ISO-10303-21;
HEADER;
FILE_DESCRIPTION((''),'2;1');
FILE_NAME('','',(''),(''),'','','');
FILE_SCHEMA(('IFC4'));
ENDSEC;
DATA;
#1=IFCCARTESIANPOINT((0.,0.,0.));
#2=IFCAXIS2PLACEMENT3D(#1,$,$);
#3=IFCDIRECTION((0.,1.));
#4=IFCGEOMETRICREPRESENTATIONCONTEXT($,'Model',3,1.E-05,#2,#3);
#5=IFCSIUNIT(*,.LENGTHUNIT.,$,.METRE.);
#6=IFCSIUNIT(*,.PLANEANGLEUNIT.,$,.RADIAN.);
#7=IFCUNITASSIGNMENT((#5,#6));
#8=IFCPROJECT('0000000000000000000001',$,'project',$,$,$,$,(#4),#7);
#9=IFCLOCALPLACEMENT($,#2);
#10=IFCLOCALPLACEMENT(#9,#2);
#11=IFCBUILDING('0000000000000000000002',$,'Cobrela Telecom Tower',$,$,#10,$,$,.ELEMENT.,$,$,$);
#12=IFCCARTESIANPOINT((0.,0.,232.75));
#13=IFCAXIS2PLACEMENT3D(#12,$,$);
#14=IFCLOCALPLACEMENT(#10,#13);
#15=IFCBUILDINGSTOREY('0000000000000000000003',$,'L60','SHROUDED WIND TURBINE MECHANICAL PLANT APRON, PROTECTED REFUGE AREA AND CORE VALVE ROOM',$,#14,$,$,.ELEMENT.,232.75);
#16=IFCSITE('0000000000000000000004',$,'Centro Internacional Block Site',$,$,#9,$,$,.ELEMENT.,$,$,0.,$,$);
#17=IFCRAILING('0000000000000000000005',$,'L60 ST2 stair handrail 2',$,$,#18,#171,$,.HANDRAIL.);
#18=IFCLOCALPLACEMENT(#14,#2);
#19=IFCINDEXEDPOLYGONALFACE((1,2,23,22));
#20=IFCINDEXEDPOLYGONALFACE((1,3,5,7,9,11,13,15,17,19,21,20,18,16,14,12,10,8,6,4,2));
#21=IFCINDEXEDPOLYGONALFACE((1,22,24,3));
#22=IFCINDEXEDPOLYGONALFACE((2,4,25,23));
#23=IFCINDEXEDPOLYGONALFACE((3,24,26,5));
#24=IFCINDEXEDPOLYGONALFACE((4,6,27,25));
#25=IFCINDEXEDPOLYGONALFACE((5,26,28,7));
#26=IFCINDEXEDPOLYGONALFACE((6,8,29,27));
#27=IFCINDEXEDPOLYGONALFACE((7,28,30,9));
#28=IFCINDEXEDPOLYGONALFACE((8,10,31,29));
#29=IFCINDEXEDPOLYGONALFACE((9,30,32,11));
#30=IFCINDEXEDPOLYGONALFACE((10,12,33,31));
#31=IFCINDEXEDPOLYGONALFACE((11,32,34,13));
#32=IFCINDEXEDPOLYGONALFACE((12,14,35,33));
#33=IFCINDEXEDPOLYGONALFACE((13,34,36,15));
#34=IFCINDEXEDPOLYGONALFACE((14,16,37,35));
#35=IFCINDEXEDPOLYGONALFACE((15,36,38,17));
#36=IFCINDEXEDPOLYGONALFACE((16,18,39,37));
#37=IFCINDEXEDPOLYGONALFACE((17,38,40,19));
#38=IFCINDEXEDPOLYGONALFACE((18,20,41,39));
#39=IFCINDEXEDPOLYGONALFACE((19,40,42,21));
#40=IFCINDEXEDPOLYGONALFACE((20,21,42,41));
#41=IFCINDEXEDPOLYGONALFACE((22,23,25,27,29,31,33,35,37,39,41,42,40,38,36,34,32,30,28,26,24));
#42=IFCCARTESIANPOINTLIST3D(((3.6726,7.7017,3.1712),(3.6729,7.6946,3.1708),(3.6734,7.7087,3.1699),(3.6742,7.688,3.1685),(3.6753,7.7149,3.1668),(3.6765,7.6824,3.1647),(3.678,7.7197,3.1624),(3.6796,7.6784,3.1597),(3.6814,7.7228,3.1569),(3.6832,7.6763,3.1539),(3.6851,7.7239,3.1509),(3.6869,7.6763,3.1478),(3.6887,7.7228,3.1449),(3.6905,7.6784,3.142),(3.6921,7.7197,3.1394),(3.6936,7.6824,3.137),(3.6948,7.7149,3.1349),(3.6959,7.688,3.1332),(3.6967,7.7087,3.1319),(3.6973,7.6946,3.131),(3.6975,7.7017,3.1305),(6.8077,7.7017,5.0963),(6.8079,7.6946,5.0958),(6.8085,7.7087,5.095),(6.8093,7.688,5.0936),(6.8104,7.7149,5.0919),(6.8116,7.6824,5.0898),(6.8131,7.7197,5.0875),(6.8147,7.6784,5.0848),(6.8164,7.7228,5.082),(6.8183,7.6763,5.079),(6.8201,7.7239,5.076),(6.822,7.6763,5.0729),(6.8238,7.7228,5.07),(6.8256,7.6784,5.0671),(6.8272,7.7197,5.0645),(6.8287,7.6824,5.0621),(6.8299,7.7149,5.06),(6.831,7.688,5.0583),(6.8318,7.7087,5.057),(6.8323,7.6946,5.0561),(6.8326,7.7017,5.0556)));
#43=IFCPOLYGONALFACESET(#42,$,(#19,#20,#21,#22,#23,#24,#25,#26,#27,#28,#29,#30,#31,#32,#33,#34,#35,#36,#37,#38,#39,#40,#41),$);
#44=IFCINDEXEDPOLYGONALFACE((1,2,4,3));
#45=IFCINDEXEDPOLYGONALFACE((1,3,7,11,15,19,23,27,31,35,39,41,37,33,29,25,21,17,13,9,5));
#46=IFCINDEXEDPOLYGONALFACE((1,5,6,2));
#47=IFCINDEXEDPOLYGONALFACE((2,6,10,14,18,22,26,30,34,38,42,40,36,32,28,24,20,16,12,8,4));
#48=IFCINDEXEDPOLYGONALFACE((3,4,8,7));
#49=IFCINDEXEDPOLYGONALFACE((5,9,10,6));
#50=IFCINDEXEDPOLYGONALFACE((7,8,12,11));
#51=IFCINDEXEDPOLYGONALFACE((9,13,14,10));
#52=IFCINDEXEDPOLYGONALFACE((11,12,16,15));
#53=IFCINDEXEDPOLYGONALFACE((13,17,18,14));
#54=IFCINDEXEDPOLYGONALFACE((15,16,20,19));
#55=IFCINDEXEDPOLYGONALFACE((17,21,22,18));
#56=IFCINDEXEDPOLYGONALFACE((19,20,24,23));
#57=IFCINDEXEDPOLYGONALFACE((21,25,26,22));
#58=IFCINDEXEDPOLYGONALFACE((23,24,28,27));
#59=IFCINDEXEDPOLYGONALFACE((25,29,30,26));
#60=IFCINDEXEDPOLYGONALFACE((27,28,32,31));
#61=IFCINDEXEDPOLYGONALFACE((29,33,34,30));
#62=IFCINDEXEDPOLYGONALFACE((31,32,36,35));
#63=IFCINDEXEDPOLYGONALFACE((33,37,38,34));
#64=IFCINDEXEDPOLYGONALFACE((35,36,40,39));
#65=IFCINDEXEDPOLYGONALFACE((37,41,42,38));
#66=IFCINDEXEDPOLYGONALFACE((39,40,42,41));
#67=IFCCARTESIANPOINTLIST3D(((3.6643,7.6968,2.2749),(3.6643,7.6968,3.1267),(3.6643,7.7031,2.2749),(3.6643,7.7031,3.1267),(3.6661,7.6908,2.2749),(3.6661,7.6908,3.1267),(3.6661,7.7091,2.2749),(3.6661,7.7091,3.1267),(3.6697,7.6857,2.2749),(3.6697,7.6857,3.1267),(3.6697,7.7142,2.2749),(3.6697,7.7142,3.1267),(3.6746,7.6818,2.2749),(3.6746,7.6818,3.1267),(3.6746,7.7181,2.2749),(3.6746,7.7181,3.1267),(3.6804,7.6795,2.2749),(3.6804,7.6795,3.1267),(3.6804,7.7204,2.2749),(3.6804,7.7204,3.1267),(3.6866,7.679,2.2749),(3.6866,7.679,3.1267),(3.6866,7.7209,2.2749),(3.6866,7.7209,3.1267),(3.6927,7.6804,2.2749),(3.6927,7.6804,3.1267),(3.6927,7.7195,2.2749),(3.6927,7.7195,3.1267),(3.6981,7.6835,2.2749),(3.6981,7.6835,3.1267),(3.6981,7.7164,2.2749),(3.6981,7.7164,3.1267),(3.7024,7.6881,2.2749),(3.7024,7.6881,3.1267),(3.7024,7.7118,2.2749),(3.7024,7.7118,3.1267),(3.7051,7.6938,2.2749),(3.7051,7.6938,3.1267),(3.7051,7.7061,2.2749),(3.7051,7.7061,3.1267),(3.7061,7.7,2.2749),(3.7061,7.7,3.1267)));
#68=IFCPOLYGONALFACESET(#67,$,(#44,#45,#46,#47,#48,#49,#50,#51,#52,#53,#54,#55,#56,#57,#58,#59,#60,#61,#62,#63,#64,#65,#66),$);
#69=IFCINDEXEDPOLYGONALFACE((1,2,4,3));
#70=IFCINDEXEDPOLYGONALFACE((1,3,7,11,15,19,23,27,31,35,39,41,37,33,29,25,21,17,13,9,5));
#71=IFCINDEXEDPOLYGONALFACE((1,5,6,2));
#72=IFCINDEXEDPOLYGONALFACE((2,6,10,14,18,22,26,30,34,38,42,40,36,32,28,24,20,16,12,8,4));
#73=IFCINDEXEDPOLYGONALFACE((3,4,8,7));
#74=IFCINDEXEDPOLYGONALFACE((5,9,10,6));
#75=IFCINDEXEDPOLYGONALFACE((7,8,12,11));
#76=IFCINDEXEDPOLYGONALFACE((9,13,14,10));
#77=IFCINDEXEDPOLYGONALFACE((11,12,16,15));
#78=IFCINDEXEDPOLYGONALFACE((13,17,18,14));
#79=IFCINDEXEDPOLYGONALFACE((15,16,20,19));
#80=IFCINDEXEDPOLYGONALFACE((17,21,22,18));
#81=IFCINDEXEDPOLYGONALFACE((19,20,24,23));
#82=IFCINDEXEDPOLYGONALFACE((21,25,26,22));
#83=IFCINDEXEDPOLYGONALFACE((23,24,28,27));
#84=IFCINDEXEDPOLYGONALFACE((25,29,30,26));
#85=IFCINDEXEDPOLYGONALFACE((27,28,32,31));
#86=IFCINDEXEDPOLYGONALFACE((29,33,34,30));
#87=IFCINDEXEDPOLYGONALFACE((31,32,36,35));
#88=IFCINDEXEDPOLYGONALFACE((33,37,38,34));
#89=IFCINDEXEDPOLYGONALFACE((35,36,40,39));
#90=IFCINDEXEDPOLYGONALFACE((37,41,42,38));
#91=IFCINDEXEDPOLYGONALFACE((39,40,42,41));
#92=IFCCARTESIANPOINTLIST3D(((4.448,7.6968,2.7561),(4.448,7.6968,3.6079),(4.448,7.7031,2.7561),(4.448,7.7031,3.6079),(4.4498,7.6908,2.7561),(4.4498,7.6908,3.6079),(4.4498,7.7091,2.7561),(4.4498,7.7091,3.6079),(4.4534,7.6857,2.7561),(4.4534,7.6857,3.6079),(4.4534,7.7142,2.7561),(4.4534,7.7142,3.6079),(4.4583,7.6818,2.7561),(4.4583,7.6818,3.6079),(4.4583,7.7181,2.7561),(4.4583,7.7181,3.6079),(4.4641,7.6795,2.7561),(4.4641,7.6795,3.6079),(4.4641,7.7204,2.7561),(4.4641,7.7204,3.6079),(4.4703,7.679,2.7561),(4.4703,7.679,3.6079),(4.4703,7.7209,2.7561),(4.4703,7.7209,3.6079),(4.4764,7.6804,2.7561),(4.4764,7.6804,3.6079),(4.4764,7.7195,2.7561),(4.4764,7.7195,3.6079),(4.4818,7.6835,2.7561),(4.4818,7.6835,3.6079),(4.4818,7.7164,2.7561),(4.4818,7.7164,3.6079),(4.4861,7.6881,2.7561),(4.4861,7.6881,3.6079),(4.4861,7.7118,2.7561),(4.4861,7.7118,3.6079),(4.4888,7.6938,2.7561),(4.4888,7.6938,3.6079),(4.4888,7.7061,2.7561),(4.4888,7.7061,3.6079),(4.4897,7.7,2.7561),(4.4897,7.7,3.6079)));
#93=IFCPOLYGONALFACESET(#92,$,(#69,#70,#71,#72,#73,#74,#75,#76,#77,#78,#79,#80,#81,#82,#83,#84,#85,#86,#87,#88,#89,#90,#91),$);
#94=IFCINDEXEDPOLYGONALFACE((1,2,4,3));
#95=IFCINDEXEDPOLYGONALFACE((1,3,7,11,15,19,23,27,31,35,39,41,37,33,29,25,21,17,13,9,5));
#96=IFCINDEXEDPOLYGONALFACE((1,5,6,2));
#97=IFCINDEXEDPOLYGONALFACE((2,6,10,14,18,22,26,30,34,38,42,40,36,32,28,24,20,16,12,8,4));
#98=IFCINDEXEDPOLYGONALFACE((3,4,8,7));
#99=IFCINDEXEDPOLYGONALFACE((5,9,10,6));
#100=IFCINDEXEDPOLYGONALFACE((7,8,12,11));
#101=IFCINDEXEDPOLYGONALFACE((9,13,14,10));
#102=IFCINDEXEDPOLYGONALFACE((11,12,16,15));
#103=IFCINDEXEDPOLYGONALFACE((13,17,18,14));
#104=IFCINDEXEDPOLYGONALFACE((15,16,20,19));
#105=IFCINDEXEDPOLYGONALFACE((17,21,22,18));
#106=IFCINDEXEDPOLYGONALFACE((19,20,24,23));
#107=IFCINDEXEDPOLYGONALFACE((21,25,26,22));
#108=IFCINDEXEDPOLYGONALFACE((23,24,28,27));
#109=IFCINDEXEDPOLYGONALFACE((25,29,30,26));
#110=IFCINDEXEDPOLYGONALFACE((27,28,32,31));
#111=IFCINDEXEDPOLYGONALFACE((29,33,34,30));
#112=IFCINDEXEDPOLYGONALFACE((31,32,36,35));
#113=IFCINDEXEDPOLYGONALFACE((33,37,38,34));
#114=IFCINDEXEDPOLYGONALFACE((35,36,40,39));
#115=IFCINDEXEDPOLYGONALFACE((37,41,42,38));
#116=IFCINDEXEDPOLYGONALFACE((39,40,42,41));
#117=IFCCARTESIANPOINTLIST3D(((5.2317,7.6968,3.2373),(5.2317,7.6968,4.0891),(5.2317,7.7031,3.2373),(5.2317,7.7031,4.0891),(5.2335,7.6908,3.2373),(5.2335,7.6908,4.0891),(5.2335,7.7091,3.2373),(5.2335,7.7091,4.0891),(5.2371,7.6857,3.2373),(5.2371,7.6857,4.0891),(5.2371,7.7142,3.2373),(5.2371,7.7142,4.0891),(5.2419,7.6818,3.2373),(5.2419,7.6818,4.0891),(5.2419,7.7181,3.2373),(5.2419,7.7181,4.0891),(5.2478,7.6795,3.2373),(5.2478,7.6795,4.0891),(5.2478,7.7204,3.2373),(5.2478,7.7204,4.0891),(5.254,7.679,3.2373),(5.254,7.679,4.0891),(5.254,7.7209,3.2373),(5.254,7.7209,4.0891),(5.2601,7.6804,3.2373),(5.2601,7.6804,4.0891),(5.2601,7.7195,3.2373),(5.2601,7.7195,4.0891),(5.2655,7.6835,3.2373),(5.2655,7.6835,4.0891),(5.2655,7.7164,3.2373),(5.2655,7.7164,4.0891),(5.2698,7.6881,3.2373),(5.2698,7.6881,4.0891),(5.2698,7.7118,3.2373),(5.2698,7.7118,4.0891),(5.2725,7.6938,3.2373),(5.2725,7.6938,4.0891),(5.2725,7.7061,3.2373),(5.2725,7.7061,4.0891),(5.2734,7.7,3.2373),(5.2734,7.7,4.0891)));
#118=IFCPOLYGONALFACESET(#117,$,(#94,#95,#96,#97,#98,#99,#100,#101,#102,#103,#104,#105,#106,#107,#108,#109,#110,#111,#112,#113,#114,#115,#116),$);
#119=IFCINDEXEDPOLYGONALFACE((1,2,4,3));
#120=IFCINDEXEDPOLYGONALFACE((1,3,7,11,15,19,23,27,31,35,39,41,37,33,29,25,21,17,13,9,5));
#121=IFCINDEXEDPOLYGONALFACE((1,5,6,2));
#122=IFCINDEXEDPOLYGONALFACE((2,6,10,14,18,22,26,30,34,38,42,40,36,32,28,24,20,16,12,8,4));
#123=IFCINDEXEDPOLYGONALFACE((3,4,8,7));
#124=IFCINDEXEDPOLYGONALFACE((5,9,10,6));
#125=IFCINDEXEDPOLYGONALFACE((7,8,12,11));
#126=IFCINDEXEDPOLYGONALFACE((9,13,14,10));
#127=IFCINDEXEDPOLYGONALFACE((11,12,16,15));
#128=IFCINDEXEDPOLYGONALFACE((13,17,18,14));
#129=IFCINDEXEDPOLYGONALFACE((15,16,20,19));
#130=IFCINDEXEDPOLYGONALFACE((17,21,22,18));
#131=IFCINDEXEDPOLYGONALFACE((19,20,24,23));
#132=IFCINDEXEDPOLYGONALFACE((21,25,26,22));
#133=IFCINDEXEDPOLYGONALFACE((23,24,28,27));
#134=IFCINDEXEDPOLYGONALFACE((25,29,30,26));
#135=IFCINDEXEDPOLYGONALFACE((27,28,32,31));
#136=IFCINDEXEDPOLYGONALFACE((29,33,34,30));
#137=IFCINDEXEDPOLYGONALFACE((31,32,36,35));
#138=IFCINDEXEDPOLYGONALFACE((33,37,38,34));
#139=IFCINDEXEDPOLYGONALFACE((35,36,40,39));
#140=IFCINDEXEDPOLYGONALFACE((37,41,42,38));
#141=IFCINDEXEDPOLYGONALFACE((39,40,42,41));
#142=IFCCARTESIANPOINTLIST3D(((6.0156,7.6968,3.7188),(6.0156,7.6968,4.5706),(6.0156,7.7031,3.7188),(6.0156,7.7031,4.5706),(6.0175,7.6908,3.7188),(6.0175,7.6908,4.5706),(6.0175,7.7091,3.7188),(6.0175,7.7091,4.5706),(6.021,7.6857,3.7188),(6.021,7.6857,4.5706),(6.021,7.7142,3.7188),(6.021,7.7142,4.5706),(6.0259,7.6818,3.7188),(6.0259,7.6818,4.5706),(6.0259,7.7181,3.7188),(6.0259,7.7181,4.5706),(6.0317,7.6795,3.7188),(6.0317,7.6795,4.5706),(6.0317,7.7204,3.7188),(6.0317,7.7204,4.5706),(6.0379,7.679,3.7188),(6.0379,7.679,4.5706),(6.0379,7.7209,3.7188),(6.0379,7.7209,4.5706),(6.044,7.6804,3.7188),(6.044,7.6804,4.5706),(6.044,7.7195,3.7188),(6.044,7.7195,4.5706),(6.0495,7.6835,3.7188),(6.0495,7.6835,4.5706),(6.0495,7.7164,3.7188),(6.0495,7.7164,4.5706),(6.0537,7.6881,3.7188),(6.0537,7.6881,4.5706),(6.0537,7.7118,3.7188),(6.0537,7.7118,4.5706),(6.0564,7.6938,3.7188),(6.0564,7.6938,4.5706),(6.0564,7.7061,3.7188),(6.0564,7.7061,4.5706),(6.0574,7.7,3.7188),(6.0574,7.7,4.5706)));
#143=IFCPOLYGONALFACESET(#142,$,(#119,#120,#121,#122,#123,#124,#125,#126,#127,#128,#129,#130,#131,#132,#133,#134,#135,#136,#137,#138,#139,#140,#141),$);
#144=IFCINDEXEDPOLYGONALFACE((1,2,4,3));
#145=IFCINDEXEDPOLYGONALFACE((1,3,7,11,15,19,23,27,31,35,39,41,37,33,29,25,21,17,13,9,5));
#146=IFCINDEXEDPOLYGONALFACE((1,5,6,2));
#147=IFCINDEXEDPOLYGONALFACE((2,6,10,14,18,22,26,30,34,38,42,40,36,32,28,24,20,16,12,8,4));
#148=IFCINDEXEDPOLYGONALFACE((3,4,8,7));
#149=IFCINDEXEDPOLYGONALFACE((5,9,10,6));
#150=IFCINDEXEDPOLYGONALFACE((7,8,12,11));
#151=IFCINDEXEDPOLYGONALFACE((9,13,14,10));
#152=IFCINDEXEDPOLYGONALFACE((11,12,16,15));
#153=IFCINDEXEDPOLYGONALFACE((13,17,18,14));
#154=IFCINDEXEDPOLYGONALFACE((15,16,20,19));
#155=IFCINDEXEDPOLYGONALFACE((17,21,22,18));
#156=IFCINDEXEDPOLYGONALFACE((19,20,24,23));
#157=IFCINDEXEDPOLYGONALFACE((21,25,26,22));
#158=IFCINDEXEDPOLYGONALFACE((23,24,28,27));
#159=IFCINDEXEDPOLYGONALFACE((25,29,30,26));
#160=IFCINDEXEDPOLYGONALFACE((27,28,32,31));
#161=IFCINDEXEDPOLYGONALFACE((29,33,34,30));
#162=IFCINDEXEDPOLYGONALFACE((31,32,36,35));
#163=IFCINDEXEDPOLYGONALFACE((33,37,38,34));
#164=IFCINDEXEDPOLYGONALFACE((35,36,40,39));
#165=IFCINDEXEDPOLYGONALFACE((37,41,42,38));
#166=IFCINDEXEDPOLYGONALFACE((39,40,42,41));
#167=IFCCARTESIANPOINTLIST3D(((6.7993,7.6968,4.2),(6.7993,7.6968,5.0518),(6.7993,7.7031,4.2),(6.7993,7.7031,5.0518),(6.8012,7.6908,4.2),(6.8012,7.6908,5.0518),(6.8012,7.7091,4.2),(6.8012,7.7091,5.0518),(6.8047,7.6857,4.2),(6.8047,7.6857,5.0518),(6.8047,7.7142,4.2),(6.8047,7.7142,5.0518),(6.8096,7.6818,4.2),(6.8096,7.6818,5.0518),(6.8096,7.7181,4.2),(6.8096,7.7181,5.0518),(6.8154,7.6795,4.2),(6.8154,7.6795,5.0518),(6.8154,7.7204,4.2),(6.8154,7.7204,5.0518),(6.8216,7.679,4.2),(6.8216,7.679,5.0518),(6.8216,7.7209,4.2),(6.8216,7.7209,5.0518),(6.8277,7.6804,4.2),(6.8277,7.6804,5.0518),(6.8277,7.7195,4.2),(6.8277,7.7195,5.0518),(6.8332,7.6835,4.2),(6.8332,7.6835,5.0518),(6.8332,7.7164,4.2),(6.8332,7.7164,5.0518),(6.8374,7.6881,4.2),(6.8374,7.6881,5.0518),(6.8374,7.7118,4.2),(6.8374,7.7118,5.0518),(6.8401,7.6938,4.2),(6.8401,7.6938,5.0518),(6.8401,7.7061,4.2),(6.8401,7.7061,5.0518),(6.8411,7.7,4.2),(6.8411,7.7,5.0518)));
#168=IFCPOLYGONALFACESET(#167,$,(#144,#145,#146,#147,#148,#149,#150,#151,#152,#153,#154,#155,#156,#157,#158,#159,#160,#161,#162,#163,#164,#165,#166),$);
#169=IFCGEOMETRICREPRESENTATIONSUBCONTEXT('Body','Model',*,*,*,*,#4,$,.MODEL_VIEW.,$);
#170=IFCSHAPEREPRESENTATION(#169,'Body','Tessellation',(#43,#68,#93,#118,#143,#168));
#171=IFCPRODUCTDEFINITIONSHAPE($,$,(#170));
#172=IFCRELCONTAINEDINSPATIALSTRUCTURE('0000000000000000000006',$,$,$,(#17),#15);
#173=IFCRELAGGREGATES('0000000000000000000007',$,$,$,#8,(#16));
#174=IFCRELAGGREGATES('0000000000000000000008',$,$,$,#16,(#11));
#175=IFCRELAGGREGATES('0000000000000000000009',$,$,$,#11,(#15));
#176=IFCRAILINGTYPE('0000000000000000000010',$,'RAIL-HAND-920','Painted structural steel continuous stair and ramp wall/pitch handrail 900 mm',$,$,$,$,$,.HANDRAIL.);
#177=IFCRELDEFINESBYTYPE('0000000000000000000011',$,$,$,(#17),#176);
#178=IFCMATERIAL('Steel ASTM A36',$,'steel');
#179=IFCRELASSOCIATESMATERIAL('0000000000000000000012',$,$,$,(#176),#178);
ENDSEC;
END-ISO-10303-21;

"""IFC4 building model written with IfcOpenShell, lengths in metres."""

from ifc_helpers import new_model, si_unit, direction, frame, origin, origin_2d, place, context, subcontext, project, spatial, circle, extrude, material, type_object, element, save


model = new_model("IFC4")

# Units and contexts
model_context = context("Model", 3, precision=1e-05, world=origin(), true_north=direction((0.0, 1.0)))
body_context = subcontext(model_context, "Body", "Model", "MODEL_VIEW")
ifc_project = project(units=[si_unit("LENGTHUNIT", "METRE"), si_unit("PLANEANGLEUNIT", "RADIAN")], contexts=[model_context])

# Site, building, storey
site_placement = place(None, origin())
site = spatial("IfcSite", under=ifc_project, at=site_placement, Name="Centro Internacional Block Site", CompositionType="ELEMENT", RefElevation=0.0)
building_placement = place(site_placement, origin())
building = spatial("IfcBuilding", under=site, at=building_placement, Name="Cobrela Telecom Tower", CompositionType="ELEMENT")
storey_placement = place(building_placement, frame((0.0, 0.0, 232.75)))
storey = spatial("IfcBuildingStorey", under=building, at=storey_placement, Name="L60", Description="SHROUDED WIND TURBINE MECHANICAL PLANT APRON, PROTECTED REFUGE AREA AND CORE VALVE ROOM", CompositionType="ELEMENT", Elevation=232.75)

# Railing
ifc_material_1 = material(Name="Steel ASTM A36", Category="steel")
railing_type_1 = type_object("IfcRailingType", Name="RAIL-HAND-920", Description="Painted structural steel continuous stair and ramp wall/pitch handrail 900 mm", PredefinedType="HANDRAIL", material=ifc_material_1)
railing_1_placement = place(storey_placement, frame((3.6851, 7.7, 2.2749)))
element("IfcRailing", 1, at=railing_1_placement, inside=storey, type_object=railing_type_1, Name="L60 ST2 stair handrail 2", PredefinedType="HANDRAIL", context=body_context, shape_type="SweptSolid", body=[
    extrude(circle(Radius=0.0239, at=origin_2d()), frame((0.0, 0.0, 0.876), z_axis=(0.852166, 0.0, 0.523271), x_axis=(0.0, 1.0, 0.0)), (0.0, 0.0, 1.0), 3.679),
    extrude(circle(Radius=0.021, at=origin_2d()), origin(), (0.0, 0.0, 1.0), 0.8518),
    extrude(circle(Radius=0.021, at=origin_2d()), frame((0.7837, 0.0, 0.4812)), (0.0, 0.0, 1.0), 0.8518),
    extrude(circle(Radius=0.021, at=origin_2d()), frame((1.5674, 0.0, 0.9624)), (0.0, 0.0, 1.0), 0.8518),
    extrude(circle(Radius=0.021, at=origin_2d()), frame((2.3513, 0.0, 1.4438)), (0.0, 0.0, 1.0), 0.8518),
    extrude(circle(Radius=0.021, at=origin_2d()), frame((3.135, 0.0, 1.925)), (0.0, 0.0, 1.0), 0.8518),
])

save(model, "model.ifc")
